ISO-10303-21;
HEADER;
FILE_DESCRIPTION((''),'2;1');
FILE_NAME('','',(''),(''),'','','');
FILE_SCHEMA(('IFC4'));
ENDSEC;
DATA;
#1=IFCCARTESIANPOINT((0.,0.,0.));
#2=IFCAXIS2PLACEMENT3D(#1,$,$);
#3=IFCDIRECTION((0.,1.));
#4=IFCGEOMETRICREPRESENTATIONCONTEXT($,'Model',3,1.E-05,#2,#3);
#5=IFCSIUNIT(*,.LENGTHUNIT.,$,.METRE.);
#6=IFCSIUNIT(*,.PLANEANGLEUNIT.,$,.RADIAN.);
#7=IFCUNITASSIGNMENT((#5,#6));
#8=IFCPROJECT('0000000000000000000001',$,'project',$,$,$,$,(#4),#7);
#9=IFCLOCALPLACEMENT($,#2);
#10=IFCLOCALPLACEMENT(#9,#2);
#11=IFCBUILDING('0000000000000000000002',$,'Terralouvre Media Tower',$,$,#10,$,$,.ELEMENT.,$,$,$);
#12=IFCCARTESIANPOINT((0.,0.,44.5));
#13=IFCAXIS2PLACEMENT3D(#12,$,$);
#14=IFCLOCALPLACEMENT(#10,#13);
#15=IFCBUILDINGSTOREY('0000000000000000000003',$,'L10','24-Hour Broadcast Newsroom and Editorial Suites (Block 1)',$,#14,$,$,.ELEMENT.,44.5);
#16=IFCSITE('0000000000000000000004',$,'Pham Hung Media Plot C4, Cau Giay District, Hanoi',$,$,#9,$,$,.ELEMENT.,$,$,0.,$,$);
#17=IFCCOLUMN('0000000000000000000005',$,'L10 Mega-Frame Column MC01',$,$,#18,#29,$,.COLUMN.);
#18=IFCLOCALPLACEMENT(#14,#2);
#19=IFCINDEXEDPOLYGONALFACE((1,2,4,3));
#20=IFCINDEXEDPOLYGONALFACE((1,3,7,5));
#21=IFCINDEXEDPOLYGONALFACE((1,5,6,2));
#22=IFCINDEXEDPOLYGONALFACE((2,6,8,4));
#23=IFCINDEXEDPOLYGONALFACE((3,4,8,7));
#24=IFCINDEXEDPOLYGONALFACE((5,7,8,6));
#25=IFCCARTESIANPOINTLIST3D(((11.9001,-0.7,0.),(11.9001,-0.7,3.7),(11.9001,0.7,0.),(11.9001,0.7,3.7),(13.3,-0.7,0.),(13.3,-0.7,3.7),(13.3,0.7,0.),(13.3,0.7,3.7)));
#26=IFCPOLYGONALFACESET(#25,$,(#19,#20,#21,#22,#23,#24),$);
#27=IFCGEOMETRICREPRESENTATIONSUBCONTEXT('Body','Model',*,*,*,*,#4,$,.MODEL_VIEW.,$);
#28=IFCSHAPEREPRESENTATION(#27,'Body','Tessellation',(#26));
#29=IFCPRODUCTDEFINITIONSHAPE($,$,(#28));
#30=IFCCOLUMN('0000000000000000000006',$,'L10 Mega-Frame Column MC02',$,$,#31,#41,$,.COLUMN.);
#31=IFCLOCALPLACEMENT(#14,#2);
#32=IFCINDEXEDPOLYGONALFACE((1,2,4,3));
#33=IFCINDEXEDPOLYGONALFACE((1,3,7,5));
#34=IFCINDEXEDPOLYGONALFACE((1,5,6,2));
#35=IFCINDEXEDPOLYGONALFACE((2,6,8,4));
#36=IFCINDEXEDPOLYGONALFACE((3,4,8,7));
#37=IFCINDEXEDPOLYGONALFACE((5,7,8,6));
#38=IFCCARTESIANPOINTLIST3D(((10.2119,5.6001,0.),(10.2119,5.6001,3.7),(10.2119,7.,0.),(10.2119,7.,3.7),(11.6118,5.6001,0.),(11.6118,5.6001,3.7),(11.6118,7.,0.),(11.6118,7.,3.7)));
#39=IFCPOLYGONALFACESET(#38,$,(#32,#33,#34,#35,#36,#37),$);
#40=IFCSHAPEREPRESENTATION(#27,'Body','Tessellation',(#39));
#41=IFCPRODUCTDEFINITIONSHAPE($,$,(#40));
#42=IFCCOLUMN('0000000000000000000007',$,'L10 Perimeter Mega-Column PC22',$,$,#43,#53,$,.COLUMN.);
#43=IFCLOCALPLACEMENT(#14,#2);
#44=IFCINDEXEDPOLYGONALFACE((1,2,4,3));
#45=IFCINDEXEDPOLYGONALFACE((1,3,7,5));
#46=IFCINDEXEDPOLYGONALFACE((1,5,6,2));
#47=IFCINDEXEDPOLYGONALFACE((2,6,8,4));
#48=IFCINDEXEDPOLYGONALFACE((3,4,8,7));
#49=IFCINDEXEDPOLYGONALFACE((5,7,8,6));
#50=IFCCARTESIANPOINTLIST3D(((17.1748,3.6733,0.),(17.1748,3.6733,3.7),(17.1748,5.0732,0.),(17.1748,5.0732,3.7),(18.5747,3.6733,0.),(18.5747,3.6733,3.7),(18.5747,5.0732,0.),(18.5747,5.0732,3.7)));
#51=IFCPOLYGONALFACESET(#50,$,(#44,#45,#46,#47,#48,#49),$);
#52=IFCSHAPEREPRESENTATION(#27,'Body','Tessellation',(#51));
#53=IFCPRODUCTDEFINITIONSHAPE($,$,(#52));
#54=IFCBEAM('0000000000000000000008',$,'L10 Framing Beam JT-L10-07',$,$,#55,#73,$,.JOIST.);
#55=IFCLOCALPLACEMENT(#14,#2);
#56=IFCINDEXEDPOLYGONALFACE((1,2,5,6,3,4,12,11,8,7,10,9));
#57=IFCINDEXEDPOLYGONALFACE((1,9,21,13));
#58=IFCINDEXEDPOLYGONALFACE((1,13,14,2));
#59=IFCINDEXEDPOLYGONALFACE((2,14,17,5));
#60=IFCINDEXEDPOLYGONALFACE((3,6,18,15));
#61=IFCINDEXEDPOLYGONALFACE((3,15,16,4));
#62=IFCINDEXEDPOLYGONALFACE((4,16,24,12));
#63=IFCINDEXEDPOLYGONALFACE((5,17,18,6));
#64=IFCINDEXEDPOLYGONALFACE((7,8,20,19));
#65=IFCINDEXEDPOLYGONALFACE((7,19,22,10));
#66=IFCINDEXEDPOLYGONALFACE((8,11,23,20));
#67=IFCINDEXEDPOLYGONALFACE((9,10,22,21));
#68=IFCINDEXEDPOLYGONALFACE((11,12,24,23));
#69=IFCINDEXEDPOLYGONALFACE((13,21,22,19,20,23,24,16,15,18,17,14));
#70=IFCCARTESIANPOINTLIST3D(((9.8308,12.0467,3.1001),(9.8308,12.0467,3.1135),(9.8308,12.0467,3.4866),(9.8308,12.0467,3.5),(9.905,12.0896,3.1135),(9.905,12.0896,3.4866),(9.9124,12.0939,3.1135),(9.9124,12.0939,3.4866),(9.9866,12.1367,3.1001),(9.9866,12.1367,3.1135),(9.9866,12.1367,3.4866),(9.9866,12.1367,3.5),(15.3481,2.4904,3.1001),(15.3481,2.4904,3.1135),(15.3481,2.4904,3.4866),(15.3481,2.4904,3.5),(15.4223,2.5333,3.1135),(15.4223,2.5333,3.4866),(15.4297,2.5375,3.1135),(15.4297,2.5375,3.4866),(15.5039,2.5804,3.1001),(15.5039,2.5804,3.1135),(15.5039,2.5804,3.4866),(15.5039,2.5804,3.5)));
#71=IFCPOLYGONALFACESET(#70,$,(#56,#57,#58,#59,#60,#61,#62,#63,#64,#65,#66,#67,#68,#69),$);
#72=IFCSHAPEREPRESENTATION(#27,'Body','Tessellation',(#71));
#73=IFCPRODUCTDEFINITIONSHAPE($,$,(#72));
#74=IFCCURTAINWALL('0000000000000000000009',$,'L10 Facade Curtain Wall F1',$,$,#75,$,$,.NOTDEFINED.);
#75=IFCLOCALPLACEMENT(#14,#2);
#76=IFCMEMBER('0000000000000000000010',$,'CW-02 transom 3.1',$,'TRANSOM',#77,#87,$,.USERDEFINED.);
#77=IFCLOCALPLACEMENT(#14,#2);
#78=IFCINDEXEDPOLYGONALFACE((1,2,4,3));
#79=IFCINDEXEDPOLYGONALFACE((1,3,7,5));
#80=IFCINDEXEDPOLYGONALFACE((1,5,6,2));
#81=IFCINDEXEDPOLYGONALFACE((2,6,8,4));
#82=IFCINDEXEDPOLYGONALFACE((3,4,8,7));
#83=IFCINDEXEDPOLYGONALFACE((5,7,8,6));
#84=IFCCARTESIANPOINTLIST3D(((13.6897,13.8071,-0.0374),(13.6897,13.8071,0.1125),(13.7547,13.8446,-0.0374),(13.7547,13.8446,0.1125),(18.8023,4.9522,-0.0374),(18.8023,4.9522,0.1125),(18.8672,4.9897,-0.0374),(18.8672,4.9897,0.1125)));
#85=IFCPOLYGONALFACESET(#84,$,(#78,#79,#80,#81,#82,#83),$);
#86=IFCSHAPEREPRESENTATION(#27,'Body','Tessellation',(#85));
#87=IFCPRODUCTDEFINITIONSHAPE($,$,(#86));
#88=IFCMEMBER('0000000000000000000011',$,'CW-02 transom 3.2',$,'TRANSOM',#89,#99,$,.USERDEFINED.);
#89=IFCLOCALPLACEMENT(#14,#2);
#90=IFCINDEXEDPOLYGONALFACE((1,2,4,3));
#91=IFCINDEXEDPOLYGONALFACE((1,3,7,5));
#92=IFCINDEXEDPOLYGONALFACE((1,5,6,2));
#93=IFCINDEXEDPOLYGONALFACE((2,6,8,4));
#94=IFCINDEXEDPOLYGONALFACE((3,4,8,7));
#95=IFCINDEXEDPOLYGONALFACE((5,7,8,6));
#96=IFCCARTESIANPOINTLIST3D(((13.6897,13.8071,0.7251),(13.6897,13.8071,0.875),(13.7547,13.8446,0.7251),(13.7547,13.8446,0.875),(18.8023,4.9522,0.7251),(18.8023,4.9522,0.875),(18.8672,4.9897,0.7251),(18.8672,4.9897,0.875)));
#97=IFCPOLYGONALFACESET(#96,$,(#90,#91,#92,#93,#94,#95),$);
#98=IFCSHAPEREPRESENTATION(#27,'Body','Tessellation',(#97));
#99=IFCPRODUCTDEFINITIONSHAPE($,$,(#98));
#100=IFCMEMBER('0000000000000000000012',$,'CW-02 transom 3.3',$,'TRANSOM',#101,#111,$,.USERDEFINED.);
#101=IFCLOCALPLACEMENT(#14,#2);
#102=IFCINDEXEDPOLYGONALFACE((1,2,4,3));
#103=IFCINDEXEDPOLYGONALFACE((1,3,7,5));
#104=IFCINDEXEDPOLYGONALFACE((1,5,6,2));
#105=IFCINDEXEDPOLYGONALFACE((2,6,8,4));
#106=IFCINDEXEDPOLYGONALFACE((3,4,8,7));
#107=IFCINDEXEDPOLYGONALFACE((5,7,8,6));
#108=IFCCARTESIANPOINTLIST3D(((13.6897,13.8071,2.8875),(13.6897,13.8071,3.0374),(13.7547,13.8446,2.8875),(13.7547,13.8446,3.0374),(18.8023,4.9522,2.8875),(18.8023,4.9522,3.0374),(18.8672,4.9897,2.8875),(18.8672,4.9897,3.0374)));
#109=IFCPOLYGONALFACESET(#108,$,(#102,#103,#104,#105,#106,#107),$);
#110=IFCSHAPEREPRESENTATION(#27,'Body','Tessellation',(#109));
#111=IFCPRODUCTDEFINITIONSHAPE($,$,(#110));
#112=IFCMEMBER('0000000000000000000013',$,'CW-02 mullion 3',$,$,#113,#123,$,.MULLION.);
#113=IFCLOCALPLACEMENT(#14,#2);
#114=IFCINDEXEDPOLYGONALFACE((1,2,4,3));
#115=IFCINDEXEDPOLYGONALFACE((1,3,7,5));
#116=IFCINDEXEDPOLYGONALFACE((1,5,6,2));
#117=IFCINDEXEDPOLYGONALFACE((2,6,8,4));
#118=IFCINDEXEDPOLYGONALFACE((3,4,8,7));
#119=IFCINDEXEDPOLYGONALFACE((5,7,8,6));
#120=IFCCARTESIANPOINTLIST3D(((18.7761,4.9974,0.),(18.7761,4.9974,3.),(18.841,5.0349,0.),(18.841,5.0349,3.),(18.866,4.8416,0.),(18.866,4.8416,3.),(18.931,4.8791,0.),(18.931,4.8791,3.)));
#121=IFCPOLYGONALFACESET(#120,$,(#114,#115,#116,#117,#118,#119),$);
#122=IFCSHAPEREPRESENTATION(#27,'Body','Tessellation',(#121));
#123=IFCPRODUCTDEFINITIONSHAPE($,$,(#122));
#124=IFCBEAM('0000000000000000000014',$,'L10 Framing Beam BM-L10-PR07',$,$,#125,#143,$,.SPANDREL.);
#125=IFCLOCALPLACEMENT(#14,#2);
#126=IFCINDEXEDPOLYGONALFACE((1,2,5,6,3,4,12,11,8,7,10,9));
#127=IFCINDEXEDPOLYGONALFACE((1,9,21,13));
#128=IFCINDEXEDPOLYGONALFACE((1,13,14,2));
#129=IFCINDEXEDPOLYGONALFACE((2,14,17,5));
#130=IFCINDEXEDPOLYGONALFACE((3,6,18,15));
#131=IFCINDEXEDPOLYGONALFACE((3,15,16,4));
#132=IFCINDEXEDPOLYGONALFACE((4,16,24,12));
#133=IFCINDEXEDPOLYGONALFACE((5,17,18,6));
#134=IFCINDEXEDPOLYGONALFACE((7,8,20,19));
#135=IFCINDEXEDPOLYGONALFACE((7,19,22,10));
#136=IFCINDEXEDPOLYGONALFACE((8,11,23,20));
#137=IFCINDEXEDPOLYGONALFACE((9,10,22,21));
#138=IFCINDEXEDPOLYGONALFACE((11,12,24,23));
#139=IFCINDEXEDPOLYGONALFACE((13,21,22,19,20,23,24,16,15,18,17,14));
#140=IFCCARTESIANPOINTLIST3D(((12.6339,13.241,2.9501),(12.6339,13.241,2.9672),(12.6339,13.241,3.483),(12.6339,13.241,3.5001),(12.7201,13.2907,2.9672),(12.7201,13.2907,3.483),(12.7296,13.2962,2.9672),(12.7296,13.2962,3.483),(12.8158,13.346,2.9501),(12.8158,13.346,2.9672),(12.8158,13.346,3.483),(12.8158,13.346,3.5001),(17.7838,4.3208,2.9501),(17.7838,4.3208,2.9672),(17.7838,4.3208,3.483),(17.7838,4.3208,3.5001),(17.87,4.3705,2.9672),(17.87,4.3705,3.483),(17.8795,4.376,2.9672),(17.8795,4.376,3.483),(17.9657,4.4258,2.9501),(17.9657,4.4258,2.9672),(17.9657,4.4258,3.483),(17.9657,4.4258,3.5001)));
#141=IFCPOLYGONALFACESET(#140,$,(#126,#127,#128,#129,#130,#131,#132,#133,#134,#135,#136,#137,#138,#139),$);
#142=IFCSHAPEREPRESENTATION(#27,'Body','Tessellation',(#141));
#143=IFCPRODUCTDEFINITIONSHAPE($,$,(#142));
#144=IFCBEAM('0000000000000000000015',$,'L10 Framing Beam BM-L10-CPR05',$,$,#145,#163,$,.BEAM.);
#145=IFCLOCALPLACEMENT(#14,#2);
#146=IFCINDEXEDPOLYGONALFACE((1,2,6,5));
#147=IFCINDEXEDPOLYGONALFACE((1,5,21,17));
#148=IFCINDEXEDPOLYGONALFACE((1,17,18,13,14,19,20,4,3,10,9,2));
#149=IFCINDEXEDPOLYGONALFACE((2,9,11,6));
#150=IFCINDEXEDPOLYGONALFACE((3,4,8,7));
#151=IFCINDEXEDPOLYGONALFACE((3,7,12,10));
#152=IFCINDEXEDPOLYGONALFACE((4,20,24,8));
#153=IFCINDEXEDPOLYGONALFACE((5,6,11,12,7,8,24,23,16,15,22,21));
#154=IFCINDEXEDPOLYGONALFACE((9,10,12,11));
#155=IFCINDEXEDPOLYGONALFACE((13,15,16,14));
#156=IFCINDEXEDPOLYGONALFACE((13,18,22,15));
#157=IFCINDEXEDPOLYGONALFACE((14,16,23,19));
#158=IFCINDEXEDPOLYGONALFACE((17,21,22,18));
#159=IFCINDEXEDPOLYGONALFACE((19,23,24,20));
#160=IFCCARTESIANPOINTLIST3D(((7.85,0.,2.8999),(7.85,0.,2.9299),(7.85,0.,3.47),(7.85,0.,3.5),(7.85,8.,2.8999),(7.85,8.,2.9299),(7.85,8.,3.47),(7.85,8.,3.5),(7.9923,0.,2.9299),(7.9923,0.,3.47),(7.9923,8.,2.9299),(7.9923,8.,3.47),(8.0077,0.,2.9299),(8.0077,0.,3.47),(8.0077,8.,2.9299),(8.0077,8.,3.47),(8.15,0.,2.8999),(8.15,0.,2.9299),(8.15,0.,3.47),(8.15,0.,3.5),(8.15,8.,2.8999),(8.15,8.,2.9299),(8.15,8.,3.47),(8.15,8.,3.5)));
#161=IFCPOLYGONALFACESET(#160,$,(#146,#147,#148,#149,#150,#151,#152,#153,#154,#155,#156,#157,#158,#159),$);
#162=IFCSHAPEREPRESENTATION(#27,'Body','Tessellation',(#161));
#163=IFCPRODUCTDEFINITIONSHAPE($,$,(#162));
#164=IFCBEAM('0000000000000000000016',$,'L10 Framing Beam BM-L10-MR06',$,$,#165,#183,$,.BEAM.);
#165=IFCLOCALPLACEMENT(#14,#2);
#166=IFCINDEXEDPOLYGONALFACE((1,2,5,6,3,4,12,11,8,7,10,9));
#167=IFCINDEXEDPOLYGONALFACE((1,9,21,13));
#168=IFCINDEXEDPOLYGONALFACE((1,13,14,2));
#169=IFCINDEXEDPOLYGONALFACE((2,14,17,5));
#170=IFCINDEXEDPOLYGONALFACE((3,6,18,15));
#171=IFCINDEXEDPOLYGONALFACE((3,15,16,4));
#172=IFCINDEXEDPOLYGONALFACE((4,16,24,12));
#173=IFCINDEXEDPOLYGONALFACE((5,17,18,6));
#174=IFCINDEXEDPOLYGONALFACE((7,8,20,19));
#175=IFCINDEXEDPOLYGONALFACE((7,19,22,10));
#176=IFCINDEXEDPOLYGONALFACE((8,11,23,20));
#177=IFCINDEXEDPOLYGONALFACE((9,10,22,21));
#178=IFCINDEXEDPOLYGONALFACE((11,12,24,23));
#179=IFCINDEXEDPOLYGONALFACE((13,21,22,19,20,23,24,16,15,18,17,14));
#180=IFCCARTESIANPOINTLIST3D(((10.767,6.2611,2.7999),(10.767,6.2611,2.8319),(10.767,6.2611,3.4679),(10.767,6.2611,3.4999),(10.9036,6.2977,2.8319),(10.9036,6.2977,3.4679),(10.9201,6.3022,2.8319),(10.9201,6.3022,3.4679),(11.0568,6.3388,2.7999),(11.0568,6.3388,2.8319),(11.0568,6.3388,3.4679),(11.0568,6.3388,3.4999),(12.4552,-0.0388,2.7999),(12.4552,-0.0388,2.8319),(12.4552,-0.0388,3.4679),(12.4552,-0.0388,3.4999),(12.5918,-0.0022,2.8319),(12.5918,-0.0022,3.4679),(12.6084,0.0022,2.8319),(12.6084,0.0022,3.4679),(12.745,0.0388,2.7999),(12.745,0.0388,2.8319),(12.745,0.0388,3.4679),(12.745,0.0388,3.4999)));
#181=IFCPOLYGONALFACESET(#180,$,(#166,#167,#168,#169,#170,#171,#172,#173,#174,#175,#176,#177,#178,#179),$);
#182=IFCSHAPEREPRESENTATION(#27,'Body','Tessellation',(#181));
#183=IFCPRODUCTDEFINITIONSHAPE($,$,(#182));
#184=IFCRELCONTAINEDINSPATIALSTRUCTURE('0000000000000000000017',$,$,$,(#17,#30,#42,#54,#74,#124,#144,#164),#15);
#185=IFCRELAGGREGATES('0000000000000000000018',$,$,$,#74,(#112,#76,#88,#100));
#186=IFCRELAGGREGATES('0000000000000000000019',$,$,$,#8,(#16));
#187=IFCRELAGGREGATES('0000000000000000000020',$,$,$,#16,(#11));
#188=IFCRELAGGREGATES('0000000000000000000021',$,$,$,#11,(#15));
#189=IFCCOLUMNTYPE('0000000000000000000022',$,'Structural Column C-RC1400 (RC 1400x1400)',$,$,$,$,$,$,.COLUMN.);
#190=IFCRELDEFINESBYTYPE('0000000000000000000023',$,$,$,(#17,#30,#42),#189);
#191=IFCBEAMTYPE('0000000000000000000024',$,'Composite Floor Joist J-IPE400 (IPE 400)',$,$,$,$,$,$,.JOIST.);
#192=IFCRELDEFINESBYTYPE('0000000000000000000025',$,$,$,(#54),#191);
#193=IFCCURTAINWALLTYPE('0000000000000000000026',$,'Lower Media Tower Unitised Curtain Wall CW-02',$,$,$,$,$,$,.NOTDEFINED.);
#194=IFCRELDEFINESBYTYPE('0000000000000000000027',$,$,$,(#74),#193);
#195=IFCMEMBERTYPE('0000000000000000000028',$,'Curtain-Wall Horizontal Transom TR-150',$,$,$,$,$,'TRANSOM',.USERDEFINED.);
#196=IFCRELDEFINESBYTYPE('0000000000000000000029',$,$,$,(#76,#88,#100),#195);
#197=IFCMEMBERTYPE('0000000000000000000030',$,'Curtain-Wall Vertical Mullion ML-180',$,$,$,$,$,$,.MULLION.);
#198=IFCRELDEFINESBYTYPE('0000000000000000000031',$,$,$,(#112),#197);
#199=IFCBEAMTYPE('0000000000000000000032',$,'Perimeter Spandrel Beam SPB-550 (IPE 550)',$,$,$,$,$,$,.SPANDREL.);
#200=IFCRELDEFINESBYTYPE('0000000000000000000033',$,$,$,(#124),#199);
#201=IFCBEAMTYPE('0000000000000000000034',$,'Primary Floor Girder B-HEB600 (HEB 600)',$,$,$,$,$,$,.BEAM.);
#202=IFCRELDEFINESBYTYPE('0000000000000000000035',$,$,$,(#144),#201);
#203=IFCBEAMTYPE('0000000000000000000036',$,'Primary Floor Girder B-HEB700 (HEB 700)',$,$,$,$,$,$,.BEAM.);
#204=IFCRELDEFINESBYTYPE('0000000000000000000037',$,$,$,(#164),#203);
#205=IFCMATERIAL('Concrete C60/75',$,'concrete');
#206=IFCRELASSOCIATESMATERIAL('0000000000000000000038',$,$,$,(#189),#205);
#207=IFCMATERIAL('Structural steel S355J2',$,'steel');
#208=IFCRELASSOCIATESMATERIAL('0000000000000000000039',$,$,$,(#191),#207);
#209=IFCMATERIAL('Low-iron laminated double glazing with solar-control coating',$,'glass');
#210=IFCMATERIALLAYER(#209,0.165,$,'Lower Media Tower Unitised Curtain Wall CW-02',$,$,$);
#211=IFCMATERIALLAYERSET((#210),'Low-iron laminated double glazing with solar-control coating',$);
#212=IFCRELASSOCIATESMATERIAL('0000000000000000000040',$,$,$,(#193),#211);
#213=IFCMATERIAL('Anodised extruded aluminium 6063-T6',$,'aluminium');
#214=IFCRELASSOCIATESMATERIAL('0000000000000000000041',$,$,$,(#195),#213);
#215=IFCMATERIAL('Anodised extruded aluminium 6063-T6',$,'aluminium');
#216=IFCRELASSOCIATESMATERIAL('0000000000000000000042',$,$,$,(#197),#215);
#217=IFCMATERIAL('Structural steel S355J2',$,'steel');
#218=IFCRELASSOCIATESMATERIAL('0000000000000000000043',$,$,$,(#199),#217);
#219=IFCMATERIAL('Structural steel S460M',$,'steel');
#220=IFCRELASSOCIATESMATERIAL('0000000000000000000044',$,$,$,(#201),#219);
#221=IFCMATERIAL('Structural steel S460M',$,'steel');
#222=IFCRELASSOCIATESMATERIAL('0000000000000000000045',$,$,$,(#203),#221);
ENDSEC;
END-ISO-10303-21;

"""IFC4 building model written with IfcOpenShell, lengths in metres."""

from ifc_helpers import new_model, si_unit, direction, frame, origin, origin_2d, place, context, subcontext, project, spatial, rectangle, i_section, extrude, material, layer, layer_set, material_profile, profile_set, type_object, element, aggregate, save


model = new_model("IFC4")

# Units and contexts
model_context = context("Model", 3, precision=1e-05, world=origin(), true_north=direction((0.0, 1.0)))
body_context = subcontext(model_context, "Body", "Model", "MODEL_VIEW")
ifc_project = project(units=[si_unit("LENGTHUNIT", "METRE"), si_unit("PLANEANGLEUNIT", "RADIAN")], contexts=[model_context])

# Site, building, storey
site_placement = place(None, origin())
site = spatial("IfcSite", under=ifc_project, at=site_placement, Name="Pham Hung Media Plot C4, Cau Giay District, Hanoi", CompositionType="ELEMENT", RefElevation=0.0)
building_placement = place(site_placement, origin())
building = spatial("IfcBuilding", under=site, at=building_placement, Name="Terralouvre Media Tower", CompositionType="ELEMENT")
storey_placement = place(building_placement, frame((0.0, 0.0, 44.5)))
storey = spatial("IfcBuildingStorey", under=building, at=storey_placement, Name="L10", Description="24-Hour Broadcast Newsroom and Editorial Suites (Block 1)", CompositionType="ELEMENT", Elevation=44.5)

# Columns
ifc_material_1 = material(Name="Concrete C60/75", Category="concrete")
ifc_material_profile_1 = material_profile(ifc_material_1, rectangle(XDim=1.3999, YDim=1.3999, at=origin_2d()), Name="RC 1400x1400")
ifc_profile_set_1 = profile_set([ifc_material_profile_1], Name="Concrete C60/75")
column_type = type_object("IfcColumnType", Name="Structural Column C-RC1400 (RC 1400x1400)", PredefinedType="COLUMN", material=ifc_profile_set_1)
for number, where, z_axis, x_axis, name in (
    (1, (12.6001, 0.0, 0.0), (0.0, 0.0, 1.0), (1.0, 0.0, 0.0), "L10 Mega-Frame Column MC01"),
    (2, (10.9119, 6.3, 0.0), (0.0, 0.0, 1.0), (1.0, 0.0, 0.0), "L10 Mega-Frame Column MC02"),
    (3, (17.8748, 4.3733, 0.0), (0.0, 0.0, 1.0), (1.0, 0.0, 0.0), "L10 Perimeter Mega-Column PC22"),
):
    element("IfcColumn", number, at=place(storey_placement, frame(where, z_axis=z_axis, x_axis=x_axis)), inside=storey, type_object=column_type, Name=name, PredefinedType="COLUMN", context=body_context, shape_type="SweptSolid", body=[
        extrude(rectangle(XDim=1.3999, YDim=1.3999, at=origin_2d()), origin(), (0.0, 0.0, 1.0), 3.7),
    ])

# Beam
ifc_material_2 = material(Name="Structural steel S355J2", Category="steel")
ifc_material_profile_2 = material_profile(ifc_material_2, i_section(OverallWidth=0.1799, OverallDepth=0.3999, WebThickness=0.0085, FlangeThickness=0.0134, at=origin_2d()), Name="IPE 400")
ifc_profile_set_2 = profile_set([ifc_material_profile_2], Name="Structural steel S355J2")
beam_type_1 = type_object("IfcBeamType", Name="Composite Floor Joist J-IPE400 (IPE 400)", PredefinedType="JOIST", material=ifc_profile_set_2)
beam_1_placement = place(storey_placement, frame((15.426, 2.5354, 3.3), z_axis=(-0.499996, 0.866028, 0.0), x_axis=(-0.866028, -0.499996, 0.0)))
element("IfcBeam", 4, at=beam_1_placement, inside=storey, type_object=beam_type_1, Name="L10 Framing Beam JT-L10-07", PredefinedType="JOIST", context=body_context, shape_type="SweptSolid", body=[
    extrude(i_section(OverallWidth=0.1799, OverallDepth=0.3999, WebThickness=0.0085, FlangeThickness=0.0134, at=origin_2d()), origin(), (0.0, 0.0, 1.0), 11.0347),
])

# Curtain wall, members
ifc_material_3 = material(Name="Low-iron laminated double glazing with solar-control coating", Category="glass")
ifc_layer_1 = layer(ifc_material_3, 0.165, Name="Lower Media Tower Unitised Curtain Wall CW-02")
ifc_layer_set_1 = layer_set([ifc_layer_1], Name="Low-iron laminated double glazing with solar-control coating")
curtain_wall_type = type_object("IfcCurtainWallType", Name="Lower Media Tower Unitised Curtain Wall CW-02", PredefinedType="NOTDEFINED", material=ifc_layer_set_1)
curtain_wall_placement = place(storey_placement, origin())
curtain_wall = element("IfcCurtainWall", 5, at=curtain_wall_placement, inside=storey, type_object=curtain_wall_type, Name="L10 Facade Curtain Wall F1", PredefinedType="NOTDEFINED")
ifc_material_4 = material(Name="Anodised extruded aluminium 6063-T6", Category="aluminium")
ifc_material_profile_3 = material_profile(ifc_material_4, rectangle(XDim=0.075, YDim=0.1499, at=origin_2d()), Name="ALU 75x150")
ifc_profile_set_3 = profile_set([ifc_material_profile_3], Name="Anodised extruded aluminium 6063-T6")
member_type_1 = type_object("IfcMemberType", Name="Curtain-Wall Horizontal Transom TR-150", ElementType="TRANSOM", PredefinedType="USERDEFINED", material=ifc_profile_set_3)
member_1_placement = place(storey_placement, frame((18.8347, 4.9709, 0.0376), z_axis=(-0.500009, 0.86602, 0.0), x_axis=(-0.86602, -0.500009, 0.0)))
member_1 = element("IfcMember", 6, at=member_1_placement, type_object=member_type_1, Name="CW-02 transom 3.1", ObjectType="TRANSOM", PredefinedType="USERDEFINED", context=body_context, shape_type="SweptSolid", body=[
    extrude(rectangle(XDim=0.075, YDim=0.1499, at=origin_2d()), origin(), (0.0, 0.0, 1.0), 10.2249),
])
member_2_placement = place(storey_placement, frame((18.8347, 4.9709, 0.8), z_axis=(-0.500009, 0.86602, 0.0), x_axis=(-0.86602, -0.500009, 0.0)))
member_2 = element("IfcMember", 7, at=member_2_placement, type_object=member_type_1, Name="CW-02 transom 3.2", ObjectType="TRANSOM", PredefinedType="USERDEFINED", context=body_context, shape_type="SweptSolid", body=[
    extrude(rectangle(XDim=0.075, YDim=0.1499, at=origin_2d()), origin(), (0.0, 0.0, 1.0), 10.2249),
])
member_3_placement = place(storey_placement, frame((18.8347, 4.9709, 2.9624), z_axis=(-0.500009, 0.86602, 0.0), x_axis=(-0.86602, -0.500009, 0.0)))
member_3 = element("IfcMember", 8, at=member_3_placement, type_object=member_type_1, Name="CW-02 transom 3.3", ObjectType="TRANSOM", PredefinedType="USERDEFINED", context=body_context, shape_type="SweptSolid", body=[
    extrude(rectangle(XDim=0.075, YDim=0.1499, at=origin_2d()), origin(), (0.0, 0.0, 1.0), 10.2249),
])
ifc_material_5 = material(Name="Anodised extruded aluminium 6063-T6", Category="aluminium")
ifc_material_profile_4 = material_profile(ifc_material_5, rectangle(XDim=0.075, YDim=0.1799, at=origin_2d()), Name="ALU 75x180")
ifc_profile_set_4 = profile_set([ifc_material_profile_4], Name="Anodised extruded aluminium 6063-T6")
member_type_2 = type_object("IfcMemberType", Name="Curtain-Wall Vertical Mullion ML-180", PredefinedType="MULLION", material=ifc_profile_set_4)
member_4_placement = place(storey_placement, frame((18.8535, 4.9382, 0.0), z_axis=(0.0, 0.0, 1.0), x_axis=(-0.866025, -0.5, 0.0)))
member_4 = element("IfcMember", 9, at=member_4_placement, type_object=member_type_2, Name="CW-02 mullion 3", PredefinedType="MULLION", context=body_context, shape_type="SweptSolid", body=[
    extrude(rectangle(XDim=0.075, YDim=0.1799, at=origin_2d()), origin(), (0.0, 0.0, 1.0), 3.0),
])

# Beams
ifc_material_6 = material(Name="Structural steel S355J2", Category="steel")
ifc_material_profile_5 = material_profile(ifc_material_6, i_section(OverallWidth=0.21, OverallDepth=0.55, WebThickness=0.011, FlangeThickness=0.0171, at=origin_2d()), Name="IPE 550")
ifc_profile_set_5 = profile_set([ifc_material_profile_5], Name="Structural steel S355J2")
beam_type_2 = type_object("IfcBeamType", Name="Perimeter Spandrel Beam SPB-550 (IPE 550)", PredefinedType="SPANDREL", material=ifc_profile_set_5)
beam_2_placement = place(storey_placement, frame((17.8748, 4.3733, 3.2251), z_axis=(-0.499989, 0.866032, 0.0), x_axis=(-0.866032, -0.499989, 0.0)))
element("IfcBeam", 10, at=beam_2_placement, inside=storey, type_object=beam_type_2, Name="L10 Framing Beam BM-L10-PR07", PredefinedType="SPANDREL", context=body_context, shape_type="SweptSolid", body=[
    extrude(i_section(OverallWidth=0.21, OverallDepth=0.55, WebThickness=0.011, FlangeThickness=0.0171, at=origin_2d()), origin(), (0.0, 0.0, 1.0), 10.3),
])
ifc_material_7 = material(Name="Structural steel S460M", Category="steel")
ifc_material_profile_6 = material_profile(ifc_material_7, i_section(OverallWidth=0.3, OverallDepth=0.6001, WebThickness=0.0154, FlangeThickness=0.03, at=origin_2d()), Name="HEB 600")
ifc_profile_set_6 = profile_set([ifc_material_profile_6], Name="Structural steel S460M")
beam_type_3 = type_object("IfcBeamType", Name="Primary Floor Girder B-HEB600 (HEB 600)", PredefinedType="BEAM", material=ifc_profile_set_6)
beam_3_placement = place(storey_placement, frame((8.0, 0.0, 3.2), z_axis=(0.0, 1.0, 0.0), x_axis=(-1.0, 0.0, 0.0)))
element("IfcBeam", 11, at=beam_3_placement, inside=storey, type_object=beam_type_3, Name="L10 Framing Beam BM-L10-CPR05", PredefinedType="BEAM", context=body_context, shape_type="SweptSolid", body=[
    extrude(i_section(OverallWidth=0.3, OverallDepth=0.6001, WebThickness=0.0154, FlangeThickness=0.03, at=origin_2d()), origin(), (0.0, 0.0, 1.0), 8.0),
])
ifc_material_8 = material(Name="Structural steel S460M", Category="steel")
ifc_material_profile_7 = material_profile(ifc_material_8, i_section(OverallWidth=0.3, OverallDepth=0.7, WebThickness=0.0171, FlangeThickness=0.032, at=origin_2d()), Name="HEB 700")
ifc_profile_set_7 = profile_set([ifc_material_profile_7], Name="Structural steel S460M")
beam_type_4 = type_object("IfcBeamType", Name="Primary Floor Girder B-HEB700 (HEB 700)", PredefinedType="BEAM", material=ifc_profile_set_7)
beam_4_placement = place(storey_placement, frame((12.6001, 0.0, 3.1499), z_axis=(-0.258839, 0.96592, 0.0), x_axis=(-0.96592, -0.258839, 0.0)))
element("IfcBeam", 12, at=beam_4_placement, inside=storey, type_object=beam_type_4, Name="L10 Framing Beam BM-L10-MR06", PredefinedType="BEAM", context=body_context, shape_type="SweptSolid", body=[
    extrude(i_section(OverallWidth=0.3, OverallDepth=0.7, WebThickness=0.0171, FlangeThickness=0.032, at=origin_2d()), origin(), (0.0, 0.0, 1.0), 6.5222),
])

aggregate(curtain_wall, [member_4, member_1, member_2, member_3])

save(model, "model.ifc")
